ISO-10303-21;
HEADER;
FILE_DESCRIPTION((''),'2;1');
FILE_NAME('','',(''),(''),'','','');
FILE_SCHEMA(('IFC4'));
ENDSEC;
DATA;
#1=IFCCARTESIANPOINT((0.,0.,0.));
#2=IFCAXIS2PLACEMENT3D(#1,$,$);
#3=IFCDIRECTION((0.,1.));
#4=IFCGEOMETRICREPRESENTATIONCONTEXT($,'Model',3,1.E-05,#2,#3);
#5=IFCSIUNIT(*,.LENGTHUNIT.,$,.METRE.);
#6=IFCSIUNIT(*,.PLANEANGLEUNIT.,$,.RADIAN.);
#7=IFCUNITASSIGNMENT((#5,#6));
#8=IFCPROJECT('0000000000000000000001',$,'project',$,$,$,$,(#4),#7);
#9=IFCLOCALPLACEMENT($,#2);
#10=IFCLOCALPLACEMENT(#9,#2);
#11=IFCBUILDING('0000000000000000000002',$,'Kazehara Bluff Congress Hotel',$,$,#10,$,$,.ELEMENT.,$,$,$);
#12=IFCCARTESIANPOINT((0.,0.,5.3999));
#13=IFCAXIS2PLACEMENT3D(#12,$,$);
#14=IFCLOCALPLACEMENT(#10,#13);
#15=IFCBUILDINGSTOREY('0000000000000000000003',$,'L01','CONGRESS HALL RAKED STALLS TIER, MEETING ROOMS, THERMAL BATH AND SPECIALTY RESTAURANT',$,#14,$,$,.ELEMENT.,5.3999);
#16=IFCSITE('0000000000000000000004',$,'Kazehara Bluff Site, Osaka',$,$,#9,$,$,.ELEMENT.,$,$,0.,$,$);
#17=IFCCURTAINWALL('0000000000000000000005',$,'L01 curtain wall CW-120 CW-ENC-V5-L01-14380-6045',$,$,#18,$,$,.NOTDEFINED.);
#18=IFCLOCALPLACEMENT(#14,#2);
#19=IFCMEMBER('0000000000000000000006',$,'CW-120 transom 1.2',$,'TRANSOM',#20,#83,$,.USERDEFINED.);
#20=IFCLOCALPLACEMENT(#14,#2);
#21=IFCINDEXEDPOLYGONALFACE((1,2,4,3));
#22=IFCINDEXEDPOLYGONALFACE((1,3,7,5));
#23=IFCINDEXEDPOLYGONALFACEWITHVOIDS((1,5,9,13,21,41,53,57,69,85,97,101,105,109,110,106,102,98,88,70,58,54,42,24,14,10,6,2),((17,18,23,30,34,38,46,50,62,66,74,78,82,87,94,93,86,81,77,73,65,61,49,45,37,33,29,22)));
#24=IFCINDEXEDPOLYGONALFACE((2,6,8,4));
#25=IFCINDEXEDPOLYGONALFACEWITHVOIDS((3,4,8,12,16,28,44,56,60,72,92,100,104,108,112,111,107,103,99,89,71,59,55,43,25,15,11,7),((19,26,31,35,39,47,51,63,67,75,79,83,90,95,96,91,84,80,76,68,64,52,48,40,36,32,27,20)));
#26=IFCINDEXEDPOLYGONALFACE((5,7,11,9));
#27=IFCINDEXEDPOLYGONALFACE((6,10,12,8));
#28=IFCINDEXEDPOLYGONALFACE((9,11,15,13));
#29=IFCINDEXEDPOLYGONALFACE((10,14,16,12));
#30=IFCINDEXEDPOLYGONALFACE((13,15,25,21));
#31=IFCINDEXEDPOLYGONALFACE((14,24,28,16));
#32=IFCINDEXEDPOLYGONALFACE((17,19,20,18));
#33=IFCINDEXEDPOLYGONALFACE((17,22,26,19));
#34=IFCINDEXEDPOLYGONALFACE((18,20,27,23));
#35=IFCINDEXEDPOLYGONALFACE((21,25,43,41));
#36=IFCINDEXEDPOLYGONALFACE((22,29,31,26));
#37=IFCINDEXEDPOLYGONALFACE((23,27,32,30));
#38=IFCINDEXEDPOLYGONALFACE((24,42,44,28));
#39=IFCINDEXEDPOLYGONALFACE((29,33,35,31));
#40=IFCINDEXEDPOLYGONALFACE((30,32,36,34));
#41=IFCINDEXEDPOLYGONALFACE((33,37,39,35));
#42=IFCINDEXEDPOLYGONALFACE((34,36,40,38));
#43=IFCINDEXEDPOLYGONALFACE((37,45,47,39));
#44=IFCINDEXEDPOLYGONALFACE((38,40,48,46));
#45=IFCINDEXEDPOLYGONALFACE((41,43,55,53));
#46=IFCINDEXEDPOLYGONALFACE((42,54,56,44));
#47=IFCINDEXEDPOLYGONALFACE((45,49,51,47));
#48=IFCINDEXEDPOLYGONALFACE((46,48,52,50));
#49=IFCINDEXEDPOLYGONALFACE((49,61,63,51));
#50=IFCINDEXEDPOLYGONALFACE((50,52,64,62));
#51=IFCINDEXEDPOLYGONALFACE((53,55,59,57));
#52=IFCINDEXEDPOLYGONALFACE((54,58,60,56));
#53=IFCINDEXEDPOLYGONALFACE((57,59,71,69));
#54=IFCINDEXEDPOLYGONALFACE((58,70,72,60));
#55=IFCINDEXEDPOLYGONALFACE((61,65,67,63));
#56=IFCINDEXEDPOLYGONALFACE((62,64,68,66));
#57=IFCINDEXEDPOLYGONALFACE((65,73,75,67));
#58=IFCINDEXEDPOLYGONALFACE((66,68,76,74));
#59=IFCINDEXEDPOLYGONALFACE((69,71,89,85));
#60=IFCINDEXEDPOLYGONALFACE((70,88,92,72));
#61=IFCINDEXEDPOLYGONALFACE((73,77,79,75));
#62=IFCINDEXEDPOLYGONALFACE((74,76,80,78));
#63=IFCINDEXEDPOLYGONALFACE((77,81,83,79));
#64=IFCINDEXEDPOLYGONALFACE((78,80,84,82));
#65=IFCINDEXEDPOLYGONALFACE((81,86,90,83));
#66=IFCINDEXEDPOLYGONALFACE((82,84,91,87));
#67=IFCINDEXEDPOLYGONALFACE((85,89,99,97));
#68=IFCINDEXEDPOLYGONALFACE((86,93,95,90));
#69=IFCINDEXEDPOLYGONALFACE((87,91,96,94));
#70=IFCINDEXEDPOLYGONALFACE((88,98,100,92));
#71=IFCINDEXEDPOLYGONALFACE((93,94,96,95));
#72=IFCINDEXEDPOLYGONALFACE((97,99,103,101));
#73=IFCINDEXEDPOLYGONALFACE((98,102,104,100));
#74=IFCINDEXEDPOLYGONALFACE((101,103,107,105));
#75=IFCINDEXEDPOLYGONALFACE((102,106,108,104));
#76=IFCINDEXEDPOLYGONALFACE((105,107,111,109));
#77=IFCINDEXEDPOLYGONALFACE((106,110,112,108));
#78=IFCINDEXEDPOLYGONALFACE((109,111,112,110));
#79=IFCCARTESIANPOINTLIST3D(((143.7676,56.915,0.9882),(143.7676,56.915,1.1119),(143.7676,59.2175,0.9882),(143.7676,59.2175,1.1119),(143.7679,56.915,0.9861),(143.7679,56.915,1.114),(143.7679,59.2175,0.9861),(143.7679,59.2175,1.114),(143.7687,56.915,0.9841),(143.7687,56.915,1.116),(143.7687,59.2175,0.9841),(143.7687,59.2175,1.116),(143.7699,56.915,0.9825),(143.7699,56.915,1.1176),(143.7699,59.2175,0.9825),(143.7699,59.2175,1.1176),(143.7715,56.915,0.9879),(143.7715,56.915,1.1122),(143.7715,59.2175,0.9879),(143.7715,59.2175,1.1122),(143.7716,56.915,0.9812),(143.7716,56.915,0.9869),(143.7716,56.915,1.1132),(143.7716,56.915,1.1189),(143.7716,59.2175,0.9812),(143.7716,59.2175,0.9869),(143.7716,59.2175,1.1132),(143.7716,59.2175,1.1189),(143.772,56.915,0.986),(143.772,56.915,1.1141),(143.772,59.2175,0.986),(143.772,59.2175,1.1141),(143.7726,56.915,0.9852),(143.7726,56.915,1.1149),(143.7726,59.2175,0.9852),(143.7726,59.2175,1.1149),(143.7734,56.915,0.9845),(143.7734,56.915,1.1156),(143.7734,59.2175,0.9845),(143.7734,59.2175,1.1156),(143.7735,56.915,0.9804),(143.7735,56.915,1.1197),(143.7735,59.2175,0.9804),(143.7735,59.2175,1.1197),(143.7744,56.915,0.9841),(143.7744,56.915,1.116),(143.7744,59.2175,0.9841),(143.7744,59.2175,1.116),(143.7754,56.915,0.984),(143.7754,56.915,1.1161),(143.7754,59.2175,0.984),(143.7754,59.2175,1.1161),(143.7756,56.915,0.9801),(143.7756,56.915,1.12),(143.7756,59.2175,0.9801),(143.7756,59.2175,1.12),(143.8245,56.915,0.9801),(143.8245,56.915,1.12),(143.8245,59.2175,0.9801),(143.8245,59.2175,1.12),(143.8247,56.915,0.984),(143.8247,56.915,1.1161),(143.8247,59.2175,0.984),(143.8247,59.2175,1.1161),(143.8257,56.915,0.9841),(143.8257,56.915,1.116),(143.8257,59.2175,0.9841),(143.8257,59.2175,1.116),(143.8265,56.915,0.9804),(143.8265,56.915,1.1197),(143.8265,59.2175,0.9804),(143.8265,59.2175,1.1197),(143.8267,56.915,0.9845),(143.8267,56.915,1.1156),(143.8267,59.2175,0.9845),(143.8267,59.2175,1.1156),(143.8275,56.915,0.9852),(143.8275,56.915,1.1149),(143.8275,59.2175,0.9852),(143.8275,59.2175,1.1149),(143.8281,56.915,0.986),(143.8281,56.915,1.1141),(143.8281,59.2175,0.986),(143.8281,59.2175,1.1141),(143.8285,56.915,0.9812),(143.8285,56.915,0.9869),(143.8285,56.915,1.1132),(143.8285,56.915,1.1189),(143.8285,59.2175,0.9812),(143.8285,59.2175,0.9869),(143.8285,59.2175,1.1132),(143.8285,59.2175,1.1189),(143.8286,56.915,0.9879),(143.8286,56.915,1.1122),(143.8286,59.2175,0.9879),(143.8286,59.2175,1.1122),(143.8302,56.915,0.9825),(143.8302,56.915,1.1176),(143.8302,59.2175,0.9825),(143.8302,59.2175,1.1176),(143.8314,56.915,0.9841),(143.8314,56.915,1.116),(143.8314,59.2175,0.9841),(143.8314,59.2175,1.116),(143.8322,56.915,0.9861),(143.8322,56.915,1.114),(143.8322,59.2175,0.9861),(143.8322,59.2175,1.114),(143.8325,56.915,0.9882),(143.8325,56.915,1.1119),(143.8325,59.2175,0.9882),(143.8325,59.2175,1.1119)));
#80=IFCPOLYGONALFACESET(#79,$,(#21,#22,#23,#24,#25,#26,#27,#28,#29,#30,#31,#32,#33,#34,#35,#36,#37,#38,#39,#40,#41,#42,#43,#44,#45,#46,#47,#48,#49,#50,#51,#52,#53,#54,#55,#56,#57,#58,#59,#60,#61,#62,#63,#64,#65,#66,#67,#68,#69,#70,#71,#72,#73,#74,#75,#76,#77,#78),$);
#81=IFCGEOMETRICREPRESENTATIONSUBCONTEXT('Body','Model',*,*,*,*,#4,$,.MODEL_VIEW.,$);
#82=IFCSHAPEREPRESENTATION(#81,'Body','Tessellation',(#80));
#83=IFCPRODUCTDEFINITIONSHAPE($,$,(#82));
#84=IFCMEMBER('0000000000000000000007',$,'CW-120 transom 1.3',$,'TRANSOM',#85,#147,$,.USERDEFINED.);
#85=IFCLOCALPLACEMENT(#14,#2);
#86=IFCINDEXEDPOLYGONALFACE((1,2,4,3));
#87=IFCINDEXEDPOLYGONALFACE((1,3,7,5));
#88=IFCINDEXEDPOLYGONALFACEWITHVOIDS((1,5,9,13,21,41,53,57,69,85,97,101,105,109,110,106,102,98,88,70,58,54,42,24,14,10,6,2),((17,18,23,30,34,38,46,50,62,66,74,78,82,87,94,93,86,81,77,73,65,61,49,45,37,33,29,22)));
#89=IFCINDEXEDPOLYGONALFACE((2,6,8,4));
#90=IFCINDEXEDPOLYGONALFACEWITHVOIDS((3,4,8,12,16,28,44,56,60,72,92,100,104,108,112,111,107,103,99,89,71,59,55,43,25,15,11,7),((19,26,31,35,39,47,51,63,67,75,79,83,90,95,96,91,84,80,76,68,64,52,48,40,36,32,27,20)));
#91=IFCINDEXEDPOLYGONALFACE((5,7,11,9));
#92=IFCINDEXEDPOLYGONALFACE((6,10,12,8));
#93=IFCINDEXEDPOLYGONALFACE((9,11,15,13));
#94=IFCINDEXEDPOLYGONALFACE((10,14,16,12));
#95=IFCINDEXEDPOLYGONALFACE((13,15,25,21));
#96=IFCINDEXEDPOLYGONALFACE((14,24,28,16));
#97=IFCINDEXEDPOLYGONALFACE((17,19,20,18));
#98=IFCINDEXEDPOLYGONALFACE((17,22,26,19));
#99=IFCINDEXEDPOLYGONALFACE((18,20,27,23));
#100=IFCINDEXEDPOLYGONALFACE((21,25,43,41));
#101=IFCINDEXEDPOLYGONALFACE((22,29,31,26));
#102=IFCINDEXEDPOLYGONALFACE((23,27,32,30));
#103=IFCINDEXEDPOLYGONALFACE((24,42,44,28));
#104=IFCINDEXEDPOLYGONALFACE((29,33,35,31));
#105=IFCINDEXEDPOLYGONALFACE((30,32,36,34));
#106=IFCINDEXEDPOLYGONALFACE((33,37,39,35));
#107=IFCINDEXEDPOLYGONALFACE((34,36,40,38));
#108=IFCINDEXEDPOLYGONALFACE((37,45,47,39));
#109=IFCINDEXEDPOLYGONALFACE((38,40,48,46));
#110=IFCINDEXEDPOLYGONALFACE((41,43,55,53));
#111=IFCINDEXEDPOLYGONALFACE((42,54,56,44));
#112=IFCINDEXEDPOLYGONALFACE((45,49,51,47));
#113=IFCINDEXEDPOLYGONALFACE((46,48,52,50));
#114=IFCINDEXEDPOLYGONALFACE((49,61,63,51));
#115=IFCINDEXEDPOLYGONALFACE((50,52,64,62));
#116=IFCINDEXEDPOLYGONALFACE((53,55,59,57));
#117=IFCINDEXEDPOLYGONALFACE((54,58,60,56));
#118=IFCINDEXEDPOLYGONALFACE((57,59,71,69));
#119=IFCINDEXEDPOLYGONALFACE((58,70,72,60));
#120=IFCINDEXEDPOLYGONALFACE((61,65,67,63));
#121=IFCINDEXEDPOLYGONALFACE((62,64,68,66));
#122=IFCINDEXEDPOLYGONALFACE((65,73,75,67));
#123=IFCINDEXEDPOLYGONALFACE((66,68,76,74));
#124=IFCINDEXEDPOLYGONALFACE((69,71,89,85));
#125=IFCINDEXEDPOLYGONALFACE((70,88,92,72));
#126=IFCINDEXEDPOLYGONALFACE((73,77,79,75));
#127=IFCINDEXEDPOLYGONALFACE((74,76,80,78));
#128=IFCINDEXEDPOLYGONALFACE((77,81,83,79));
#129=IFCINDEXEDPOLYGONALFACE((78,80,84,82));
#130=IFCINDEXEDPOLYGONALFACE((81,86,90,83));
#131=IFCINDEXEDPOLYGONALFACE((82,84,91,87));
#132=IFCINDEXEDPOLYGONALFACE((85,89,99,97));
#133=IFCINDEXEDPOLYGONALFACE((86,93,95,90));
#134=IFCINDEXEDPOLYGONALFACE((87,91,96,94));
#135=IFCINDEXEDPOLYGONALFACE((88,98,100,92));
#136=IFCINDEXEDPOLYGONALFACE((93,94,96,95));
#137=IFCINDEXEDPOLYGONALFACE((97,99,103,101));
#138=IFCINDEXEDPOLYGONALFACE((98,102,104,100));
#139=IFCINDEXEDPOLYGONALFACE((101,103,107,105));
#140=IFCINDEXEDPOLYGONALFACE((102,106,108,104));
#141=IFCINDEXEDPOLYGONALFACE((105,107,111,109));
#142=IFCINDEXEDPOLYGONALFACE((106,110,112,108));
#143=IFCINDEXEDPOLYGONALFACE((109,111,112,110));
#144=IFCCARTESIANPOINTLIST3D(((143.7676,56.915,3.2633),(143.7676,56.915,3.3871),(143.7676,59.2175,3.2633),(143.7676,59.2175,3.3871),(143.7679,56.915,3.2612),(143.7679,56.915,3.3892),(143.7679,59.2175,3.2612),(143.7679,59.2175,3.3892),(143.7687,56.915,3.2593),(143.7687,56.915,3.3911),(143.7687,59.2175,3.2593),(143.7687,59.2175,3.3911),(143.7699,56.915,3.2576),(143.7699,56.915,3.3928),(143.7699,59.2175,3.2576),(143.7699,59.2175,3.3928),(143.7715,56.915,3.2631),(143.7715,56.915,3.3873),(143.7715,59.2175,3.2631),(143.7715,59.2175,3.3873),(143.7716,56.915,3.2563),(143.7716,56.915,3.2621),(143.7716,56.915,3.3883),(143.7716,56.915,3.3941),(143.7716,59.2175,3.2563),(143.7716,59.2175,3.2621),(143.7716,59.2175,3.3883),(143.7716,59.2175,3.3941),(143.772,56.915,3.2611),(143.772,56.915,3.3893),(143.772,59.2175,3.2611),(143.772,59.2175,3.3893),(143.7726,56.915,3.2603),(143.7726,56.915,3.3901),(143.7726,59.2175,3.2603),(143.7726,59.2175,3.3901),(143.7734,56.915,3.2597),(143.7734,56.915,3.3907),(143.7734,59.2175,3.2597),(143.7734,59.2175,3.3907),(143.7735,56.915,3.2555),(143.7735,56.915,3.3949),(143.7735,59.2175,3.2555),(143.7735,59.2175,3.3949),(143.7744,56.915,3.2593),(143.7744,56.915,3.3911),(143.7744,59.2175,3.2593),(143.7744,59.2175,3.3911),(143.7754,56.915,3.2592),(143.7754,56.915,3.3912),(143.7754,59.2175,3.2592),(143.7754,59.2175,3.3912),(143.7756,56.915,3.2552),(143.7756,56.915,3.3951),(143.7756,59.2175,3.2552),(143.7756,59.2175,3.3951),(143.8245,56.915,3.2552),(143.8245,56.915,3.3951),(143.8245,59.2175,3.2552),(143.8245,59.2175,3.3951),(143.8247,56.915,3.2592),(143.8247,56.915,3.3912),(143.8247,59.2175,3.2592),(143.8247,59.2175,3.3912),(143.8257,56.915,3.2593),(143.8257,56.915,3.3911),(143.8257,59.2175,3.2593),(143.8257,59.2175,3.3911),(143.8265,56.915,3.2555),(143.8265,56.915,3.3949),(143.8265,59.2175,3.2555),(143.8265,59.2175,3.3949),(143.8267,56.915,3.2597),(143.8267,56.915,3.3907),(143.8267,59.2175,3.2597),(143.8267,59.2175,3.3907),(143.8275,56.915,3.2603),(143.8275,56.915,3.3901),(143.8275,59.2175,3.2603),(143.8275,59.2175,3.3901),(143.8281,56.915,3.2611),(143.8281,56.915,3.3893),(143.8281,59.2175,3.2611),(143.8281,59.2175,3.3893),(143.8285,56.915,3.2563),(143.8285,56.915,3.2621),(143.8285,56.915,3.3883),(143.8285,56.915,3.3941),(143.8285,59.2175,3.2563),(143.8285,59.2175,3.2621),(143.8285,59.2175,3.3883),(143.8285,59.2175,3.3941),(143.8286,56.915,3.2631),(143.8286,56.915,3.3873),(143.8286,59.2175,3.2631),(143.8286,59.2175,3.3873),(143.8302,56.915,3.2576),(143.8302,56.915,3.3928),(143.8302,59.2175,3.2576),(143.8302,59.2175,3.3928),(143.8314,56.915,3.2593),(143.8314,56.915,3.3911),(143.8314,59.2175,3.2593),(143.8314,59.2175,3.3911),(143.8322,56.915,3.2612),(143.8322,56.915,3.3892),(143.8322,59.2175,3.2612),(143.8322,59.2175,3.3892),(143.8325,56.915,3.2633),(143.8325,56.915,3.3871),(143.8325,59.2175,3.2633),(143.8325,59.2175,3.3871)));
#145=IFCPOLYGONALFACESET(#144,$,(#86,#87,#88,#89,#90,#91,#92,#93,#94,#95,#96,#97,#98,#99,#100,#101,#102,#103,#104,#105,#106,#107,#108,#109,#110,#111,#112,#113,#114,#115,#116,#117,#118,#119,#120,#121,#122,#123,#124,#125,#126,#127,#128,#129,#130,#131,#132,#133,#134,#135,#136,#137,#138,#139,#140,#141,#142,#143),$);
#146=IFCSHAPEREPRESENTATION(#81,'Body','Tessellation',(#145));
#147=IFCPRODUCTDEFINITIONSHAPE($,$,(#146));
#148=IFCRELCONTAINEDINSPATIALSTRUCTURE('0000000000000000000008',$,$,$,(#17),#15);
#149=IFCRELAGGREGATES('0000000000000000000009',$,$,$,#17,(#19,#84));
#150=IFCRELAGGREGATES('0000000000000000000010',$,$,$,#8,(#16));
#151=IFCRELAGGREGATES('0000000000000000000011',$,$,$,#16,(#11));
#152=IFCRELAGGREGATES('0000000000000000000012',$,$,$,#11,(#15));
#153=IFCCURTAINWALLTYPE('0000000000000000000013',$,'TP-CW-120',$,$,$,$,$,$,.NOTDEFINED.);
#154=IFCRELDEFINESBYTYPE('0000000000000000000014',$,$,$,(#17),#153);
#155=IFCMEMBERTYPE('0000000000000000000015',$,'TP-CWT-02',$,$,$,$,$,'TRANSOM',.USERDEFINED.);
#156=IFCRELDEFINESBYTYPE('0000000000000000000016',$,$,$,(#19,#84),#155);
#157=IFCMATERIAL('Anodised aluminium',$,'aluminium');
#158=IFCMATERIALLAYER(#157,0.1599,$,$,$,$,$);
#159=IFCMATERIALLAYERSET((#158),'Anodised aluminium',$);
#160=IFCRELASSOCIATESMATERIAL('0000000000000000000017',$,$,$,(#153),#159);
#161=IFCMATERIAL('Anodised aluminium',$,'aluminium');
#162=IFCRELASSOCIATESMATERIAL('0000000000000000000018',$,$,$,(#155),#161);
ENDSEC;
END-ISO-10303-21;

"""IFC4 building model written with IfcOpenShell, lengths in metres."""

from ifc_helpers import new_model, si_unit, direction, frame, origin, origin_2d, place, context, subcontext, project, spatial, hollow_rectangle, extrude, material, layer, layer_set, material_profile, profile_set, type_object, element, aggregate, save


model = new_model("IFC4")

# Units and contexts
model_context = context("Model", 3, precision=1e-05, world=origin(), true_north=direction((0.0, 1.0)))
body_context = subcontext(model_context, "Body", "Model", "MODEL_VIEW")
ifc_project = project(units=[si_unit("LENGTHUNIT", "METRE"), si_unit("PLANEANGLEUNIT", "RADIAN")], contexts=[model_context])

# Site, building, storey
site_placement = place(None, origin())
site = spatial("IfcSite", under=ifc_project, at=site_placement, Name="Kazehara Bluff Site, Osaka", CompositionType="ELEMENT", RefElevation=0.0)
building_placement = place(site_placement, origin())
building = spatial("IfcBuilding", under=site, at=building_placement, Name="Kazehara Bluff Congress Hotel", CompositionType="ELEMENT")
storey_placement = place(building_placement, frame((0.0, 0.0, 5.3999)))
storey = spatial("IfcBuildingStorey", under=building, at=storey_placement, Name="L01", Description="CONGRESS HALL RAKED STALLS TIER, MEETING ROOMS, THERMAL BATH AND SPECIALTY RESTAURANT", CompositionType="ELEMENT", Elevation=5.3999)

# Curtain wall
ifc_material_1 = material(Name="Anodised aluminium", Category="aluminium")
ifc_layer_1 = layer(ifc_material_1, 0.1599)
ifc_layer_set_1 = layer_set([ifc_layer_1], Name="Anodised aluminium")
curtain_wall_type_1 = type_object("IfcCurtainWallType", Name="TP-CW-120", PredefinedType="NOTDEFINED", material=ifc_layer_set_1)
curtain_wall_1_placement = place(storey_placement, origin())
curtain_wall_1 = element("IfcCurtainWall", 1, at=curtain_wall_1_placement, inside=storey, type_object=curtain_wall_type_1, Name="L01 curtain wall CW-120 CW-ENC-V5-L01-14380-6045", PredefinedType="NOTDEFINED")

# Members
ifc_material_2 = material(Name="Anodised aluminium", Category="aluminium")
ifc_material_profile_1 = material_profile(ifc_material_2, hollow_rectangle(XDim=0.0649, YDim=0.1399, WallThickness=0.0039, InnerFilletRadius=0.0039, OuterFilletRadius=0.0081, at=origin_2d()))
ifc_profile_set_1 = profile_set([ifc_material_profile_1], Name="Anodised aluminium")
member_type_1 = type_object("IfcMemberType", Name="TP-CWT-02", ElementType="TRANSOM", PredefinedType="USERDEFINED", material=ifc_profile_set_1)
member_1_placement = place(storey_placement, frame((143.8, 56.915, 1.05), z_axis=(0.0, 1.0, 0.0), x_axis=(-1.0, 0.0, 0.0)))
member_1 = element("IfcMember", 2, at=member_1_placement, type_object=member_type_1, Name="CW-120 transom 1.2", ObjectType="TRANSOM", PredefinedType="USERDEFINED", context=body_context, shape_type="SweptSolid", body=[
    extrude(hollow_rectangle(XDim=0.0649, YDim=0.1399, WallThickness=0.0039, InnerFilletRadius=0.0039, OuterFilletRadius=0.0081, at=origin_2d()), origin(), (0.0, 0.0, 1.0), 2.3025),
])
member_2_placement = place(storey_placement, frame((143.8, 56.915, 3.3252), z_axis=(0.0, 1.0, 0.0), x_axis=(-1.0, 0.0, 0.0)))
member_2 = element("IfcMember", 3, at=member_2_placement, type_object=member_type_1, Name="CW-120 transom 1.3", ObjectType="TRANSOM", PredefinedType="USERDEFINED", context=body_context, shape_type="SweptSolid", body=[
    extrude(hollow_rectangle(XDim=0.0649, YDim=0.1399, WallThickness=0.0039, InnerFilletRadius=0.0039, OuterFilletRadius=0.0081, at=origin_2d()), origin(), (0.0, 0.0, 1.0), 2.3025),
])

aggregate(curtain_wall_1, [member_1, member_2])

save(model, "model.ifc")
